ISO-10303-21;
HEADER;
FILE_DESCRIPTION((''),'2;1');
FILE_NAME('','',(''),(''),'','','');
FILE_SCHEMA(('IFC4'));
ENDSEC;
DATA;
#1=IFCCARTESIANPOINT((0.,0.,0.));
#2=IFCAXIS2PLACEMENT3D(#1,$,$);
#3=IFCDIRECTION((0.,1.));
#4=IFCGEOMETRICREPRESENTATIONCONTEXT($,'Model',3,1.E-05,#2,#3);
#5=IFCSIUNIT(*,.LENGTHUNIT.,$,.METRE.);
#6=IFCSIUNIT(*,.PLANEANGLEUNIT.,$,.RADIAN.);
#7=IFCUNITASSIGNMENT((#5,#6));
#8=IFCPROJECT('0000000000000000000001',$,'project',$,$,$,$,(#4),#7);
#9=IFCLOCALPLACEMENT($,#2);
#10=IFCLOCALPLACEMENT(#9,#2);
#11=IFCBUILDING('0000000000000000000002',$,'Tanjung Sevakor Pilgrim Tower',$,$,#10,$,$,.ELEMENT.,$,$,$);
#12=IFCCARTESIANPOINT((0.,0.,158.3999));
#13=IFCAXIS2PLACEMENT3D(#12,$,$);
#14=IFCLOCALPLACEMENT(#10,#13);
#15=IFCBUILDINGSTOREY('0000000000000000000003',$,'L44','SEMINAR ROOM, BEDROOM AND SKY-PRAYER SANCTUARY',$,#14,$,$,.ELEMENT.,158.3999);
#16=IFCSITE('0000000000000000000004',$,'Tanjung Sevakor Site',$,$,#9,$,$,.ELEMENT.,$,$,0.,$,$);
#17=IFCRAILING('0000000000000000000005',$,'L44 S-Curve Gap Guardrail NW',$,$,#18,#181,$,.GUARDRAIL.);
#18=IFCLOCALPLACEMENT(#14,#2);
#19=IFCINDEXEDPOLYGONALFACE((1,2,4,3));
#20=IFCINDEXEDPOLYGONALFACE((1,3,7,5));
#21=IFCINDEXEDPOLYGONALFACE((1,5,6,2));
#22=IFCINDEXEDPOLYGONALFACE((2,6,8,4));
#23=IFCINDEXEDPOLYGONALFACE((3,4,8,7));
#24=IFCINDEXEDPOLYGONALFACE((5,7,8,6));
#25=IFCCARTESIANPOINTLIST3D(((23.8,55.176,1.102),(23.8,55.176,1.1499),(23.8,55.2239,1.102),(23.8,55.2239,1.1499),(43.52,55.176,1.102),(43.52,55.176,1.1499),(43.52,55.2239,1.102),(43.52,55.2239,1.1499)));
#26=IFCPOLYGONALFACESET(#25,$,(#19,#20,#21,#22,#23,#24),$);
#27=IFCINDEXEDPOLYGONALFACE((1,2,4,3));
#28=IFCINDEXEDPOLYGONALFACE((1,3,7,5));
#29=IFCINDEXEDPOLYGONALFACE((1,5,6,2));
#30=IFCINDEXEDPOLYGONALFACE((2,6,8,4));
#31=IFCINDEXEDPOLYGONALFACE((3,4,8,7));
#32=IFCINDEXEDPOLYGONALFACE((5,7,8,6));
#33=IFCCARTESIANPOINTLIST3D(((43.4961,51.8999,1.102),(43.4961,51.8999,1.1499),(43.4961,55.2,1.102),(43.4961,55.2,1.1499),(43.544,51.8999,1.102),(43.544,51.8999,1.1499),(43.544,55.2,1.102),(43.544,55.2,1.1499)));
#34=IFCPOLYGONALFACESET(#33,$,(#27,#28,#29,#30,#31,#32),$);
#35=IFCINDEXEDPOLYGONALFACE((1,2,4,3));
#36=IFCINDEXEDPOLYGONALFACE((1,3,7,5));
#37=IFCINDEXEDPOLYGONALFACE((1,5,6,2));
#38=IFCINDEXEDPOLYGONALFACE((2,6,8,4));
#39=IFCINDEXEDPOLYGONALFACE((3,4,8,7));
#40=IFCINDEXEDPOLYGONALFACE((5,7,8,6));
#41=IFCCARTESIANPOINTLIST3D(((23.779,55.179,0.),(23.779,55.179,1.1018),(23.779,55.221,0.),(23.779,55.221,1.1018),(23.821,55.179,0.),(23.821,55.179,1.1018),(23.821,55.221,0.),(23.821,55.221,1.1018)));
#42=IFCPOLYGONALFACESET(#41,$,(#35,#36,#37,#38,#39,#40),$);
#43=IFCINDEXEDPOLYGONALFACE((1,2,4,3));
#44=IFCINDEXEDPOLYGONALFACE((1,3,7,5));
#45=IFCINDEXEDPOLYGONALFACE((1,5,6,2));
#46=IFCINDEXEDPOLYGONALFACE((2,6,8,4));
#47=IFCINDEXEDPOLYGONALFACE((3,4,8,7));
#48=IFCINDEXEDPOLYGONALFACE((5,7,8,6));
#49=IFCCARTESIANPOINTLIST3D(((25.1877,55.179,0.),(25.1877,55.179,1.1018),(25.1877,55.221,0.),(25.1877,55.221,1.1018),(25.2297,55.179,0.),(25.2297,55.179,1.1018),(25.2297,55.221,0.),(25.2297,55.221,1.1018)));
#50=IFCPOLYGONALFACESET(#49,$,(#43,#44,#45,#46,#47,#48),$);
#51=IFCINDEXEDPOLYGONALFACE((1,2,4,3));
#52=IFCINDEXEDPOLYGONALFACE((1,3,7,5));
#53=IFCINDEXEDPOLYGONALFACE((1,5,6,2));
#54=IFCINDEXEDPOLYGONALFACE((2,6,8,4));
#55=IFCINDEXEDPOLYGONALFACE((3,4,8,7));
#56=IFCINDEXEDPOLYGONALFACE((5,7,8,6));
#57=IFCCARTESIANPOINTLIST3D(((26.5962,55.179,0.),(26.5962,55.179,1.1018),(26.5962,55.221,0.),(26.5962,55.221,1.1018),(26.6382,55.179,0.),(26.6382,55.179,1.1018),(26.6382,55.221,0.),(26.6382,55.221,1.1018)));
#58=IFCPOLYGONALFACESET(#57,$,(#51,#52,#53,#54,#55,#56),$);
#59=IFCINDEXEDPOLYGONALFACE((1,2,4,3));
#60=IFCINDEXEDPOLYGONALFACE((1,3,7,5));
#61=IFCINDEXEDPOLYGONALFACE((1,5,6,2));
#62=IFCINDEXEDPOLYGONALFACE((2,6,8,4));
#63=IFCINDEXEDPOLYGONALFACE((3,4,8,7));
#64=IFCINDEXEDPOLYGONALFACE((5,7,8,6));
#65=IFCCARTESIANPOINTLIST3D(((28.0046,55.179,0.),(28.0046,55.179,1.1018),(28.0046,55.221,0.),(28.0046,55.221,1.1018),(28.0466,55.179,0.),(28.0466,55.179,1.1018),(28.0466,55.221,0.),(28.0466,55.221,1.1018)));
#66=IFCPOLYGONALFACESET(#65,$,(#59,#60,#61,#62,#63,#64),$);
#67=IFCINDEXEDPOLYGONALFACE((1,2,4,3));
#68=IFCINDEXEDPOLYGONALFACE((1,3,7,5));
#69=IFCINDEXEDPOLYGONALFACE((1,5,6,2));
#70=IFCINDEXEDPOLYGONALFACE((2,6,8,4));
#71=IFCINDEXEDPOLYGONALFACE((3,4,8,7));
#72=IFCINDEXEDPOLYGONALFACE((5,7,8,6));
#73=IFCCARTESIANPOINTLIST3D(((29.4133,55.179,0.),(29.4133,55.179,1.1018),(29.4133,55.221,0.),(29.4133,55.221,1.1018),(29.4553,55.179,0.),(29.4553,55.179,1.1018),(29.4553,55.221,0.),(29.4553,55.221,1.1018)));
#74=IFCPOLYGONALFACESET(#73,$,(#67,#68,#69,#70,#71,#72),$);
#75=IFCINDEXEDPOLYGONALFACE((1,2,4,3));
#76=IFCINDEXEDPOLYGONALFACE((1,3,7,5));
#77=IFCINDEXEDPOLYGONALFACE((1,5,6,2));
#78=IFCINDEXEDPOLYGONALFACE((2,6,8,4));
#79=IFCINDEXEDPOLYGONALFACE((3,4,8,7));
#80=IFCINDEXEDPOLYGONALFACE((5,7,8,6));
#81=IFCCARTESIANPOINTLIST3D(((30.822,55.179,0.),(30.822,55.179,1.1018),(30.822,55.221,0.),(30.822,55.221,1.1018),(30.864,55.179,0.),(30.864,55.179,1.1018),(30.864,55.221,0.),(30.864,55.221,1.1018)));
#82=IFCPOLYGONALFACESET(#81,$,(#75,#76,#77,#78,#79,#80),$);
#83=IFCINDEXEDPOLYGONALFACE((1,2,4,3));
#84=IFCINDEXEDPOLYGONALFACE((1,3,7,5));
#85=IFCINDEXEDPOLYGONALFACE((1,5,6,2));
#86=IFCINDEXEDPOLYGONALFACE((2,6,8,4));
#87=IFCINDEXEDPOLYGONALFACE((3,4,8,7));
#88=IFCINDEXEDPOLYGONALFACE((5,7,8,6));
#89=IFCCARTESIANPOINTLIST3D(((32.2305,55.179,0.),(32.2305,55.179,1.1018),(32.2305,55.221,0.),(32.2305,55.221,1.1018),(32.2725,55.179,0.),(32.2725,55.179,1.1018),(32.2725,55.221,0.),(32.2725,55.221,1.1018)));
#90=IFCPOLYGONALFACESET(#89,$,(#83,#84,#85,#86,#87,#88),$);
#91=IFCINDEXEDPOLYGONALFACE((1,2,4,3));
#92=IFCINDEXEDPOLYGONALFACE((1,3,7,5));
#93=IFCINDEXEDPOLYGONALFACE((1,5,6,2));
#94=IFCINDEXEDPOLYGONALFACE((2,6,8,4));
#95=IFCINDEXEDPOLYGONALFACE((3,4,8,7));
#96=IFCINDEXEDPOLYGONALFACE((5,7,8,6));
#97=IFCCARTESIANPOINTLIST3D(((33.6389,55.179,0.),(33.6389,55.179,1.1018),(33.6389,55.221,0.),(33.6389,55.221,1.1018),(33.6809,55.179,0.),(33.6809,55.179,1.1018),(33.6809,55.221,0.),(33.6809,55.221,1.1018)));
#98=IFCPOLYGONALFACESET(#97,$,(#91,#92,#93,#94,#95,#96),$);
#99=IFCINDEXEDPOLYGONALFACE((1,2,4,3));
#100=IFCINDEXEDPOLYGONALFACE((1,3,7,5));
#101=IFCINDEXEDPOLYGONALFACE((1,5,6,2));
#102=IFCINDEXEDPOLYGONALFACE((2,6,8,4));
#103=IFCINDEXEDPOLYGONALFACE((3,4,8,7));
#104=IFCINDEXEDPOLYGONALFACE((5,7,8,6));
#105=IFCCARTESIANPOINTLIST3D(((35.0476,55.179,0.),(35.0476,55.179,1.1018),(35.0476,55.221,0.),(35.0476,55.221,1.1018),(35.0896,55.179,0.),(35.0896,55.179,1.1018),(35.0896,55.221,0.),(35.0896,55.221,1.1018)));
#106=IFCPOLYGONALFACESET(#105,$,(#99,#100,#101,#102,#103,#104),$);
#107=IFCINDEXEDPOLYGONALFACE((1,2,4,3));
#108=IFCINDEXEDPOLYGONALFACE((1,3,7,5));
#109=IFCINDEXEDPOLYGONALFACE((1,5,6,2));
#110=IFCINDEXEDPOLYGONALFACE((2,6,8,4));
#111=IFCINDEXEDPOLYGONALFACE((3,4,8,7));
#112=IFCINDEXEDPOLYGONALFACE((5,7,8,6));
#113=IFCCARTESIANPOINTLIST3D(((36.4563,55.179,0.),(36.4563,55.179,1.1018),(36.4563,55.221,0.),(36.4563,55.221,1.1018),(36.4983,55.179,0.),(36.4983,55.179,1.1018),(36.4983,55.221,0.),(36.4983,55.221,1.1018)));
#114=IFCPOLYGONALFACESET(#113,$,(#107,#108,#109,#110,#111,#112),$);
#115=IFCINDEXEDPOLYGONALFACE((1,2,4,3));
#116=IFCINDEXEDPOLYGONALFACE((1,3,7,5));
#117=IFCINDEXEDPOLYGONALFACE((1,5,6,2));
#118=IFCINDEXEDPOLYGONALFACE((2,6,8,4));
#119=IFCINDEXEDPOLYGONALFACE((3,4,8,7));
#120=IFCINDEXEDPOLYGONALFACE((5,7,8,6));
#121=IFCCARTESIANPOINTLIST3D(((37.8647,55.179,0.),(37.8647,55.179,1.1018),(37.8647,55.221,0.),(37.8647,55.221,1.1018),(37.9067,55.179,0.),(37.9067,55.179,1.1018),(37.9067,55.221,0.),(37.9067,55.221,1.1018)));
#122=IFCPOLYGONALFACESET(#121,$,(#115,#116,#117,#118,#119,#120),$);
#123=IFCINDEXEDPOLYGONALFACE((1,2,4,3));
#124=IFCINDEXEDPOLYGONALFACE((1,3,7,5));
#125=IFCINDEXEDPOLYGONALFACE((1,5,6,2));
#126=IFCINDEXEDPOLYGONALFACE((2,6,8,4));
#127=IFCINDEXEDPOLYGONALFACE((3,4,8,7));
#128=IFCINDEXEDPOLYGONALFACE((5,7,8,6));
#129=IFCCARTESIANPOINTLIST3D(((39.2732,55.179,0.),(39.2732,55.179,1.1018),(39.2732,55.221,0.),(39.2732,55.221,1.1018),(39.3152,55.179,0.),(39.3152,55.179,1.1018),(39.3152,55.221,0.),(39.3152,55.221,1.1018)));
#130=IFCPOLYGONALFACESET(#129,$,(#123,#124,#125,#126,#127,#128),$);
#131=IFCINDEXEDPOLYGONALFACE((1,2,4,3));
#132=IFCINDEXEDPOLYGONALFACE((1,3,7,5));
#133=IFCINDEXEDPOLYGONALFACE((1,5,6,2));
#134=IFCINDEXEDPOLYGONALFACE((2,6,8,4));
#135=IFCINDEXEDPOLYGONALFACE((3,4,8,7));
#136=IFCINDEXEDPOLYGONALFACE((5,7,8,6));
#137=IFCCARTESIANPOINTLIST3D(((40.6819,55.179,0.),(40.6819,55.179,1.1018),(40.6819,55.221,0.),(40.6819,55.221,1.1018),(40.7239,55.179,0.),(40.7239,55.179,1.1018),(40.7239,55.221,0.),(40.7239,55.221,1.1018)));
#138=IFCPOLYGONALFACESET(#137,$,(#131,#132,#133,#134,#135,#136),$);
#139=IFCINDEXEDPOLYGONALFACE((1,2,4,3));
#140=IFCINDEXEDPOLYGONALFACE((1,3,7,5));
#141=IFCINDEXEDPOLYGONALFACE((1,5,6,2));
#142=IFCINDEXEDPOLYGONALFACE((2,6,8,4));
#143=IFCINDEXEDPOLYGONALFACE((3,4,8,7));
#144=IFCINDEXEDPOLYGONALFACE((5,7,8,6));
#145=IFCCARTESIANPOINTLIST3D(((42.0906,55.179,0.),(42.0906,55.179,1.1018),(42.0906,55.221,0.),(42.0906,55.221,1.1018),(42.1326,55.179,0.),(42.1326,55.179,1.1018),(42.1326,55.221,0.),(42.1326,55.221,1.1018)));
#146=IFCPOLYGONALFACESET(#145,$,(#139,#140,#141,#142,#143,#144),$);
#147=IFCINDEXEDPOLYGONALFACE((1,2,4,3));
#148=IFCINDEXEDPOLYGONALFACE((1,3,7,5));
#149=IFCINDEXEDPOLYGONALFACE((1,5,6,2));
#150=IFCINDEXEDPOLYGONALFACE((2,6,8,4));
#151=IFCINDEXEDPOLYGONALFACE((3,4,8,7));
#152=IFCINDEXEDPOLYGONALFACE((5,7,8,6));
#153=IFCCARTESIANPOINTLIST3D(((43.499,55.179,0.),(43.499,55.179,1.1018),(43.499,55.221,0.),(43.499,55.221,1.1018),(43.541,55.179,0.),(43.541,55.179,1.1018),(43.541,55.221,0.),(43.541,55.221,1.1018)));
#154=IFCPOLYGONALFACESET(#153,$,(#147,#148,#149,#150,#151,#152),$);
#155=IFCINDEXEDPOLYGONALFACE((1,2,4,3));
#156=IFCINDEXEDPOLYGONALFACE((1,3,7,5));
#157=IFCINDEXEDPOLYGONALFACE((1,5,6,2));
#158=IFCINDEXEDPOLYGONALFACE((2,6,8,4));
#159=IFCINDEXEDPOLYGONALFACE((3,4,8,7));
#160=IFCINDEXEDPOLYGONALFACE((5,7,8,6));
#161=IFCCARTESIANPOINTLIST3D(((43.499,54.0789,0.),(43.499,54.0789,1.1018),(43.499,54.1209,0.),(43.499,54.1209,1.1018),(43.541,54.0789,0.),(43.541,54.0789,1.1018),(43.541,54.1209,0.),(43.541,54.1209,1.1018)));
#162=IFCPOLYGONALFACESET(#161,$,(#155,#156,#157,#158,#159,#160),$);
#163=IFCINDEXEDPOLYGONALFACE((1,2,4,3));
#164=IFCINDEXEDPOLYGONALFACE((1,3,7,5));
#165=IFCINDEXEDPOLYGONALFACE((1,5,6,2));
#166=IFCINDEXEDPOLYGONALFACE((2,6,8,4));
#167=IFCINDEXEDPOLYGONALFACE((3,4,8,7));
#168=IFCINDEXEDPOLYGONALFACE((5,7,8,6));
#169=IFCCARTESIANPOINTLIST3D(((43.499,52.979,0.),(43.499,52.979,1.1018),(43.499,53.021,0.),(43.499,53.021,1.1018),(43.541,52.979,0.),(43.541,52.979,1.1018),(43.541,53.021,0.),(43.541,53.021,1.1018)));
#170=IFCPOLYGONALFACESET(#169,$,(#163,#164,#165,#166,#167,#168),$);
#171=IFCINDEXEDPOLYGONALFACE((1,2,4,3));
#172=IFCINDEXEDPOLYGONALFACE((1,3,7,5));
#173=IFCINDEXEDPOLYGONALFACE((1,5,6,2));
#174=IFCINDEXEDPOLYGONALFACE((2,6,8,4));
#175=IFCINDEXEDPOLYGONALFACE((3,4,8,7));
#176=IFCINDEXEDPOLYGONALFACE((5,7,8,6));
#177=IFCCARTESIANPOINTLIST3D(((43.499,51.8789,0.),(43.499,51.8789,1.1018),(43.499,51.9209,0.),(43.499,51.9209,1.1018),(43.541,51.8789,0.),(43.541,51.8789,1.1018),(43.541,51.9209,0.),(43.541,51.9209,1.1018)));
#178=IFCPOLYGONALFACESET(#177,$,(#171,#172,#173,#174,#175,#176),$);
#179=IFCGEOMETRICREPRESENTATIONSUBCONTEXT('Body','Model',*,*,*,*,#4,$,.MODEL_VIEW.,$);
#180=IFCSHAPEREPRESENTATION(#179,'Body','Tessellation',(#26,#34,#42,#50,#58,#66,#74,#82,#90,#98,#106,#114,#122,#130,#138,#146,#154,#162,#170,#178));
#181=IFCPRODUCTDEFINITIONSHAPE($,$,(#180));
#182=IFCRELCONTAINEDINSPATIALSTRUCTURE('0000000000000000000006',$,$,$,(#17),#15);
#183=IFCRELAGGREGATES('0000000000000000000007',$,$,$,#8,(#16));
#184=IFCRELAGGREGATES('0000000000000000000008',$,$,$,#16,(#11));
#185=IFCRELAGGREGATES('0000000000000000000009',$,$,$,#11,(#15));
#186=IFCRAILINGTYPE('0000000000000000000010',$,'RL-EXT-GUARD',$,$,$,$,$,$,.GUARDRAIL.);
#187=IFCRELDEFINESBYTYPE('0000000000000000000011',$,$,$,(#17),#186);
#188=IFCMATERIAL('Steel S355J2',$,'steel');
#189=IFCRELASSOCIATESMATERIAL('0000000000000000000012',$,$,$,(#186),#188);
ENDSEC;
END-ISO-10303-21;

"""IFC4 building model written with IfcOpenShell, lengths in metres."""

from ifc_helpers import new_model, si_unit, direction, frame, origin, place, context, subcontext, project, spatial, rectangle, extrude, material, type_object, element, save


model = new_model("IFC4")

# Units and contexts
model_context = context("Model", 3, precision=1e-05, world=origin(), true_north=direction((0.0, 1.0)))
body_context = subcontext(model_context, "Body", "Model", "MODEL_VIEW")
ifc_project = project(units=[si_unit("LENGTHUNIT", "METRE"), si_unit("PLANEANGLEUNIT", "RADIAN")], contexts=[model_context])

# Site, building, storey
site_placement = place(None, origin())
site = spatial("IfcSite", under=ifc_project, at=site_placement, Name="Tanjung Sevakor Site", CompositionType="ELEMENT", RefElevation=0.0)
building_placement = place(site_placement, origin())
building = spatial("IfcBuilding", under=site, at=building_placement, Name="Tanjung Sevakor Pilgrim Tower", CompositionType="ELEMENT")
storey_placement = place(building_placement, frame((0.0, 0.0, 158.3999)))
storey = spatial("IfcBuildingStorey", under=building, at=storey_placement, Name="L44", Description="SEMINAR ROOM, BEDROOM AND SKY-PRAYER SANCTUARY", CompositionType="ELEMENT", Elevation=158.3999)

# Railing
ifc_material_1 = material(Name="Steel S355J2", Category="steel")
railing_type_1 = type_object("IfcRailingType", Name="RL-EXT-GUARD", PredefinedType="GUARDRAIL", material=ifc_material_1)
railing_1_placement = place(storey_placement, frame((23.8, 55.2, 0.0)))
element("IfcRailing", 1, at=railing_1_placement, inside=storey, type_object=railing_type_1, Name="L44 S-Curve Gap Guardrail NW", PredefinedType="GUARDRAIL", context=body_context, shape_type="SweptSolid", body=[
    extrude(rectangle(XDim=0.0479, YDim=0.0479), frame((0.0, 0.0, 1.126), z_axis=(1.0, 0.0, 0.0), x_axis=(0.0, 1.0, 0.0)), (0.0, 0.0, 1.0), 19.72),
    extrude(rectangle(XDim=0.0479, YDim=0.0479), frame((19.72, 0.0, 1.126), z_axis=(0.0, -1.0, 0.0), x_axis=(1.0, 0.0, 0.0)), (0.0, 0.0, 1.0), 3.3),
    extrude(rectangle(XDim=0.042, YDim=0.042), origin(), (0.0, 0.0, 1.0), 1.1018),
    extrude(rectangle(XDim=0.042, YDim=0.042), frame((1.4087, 0.0, 0.0)), (0.0, 0.0, 1.0), 1.1018),
    extrude(rectangle(XDim=0.042, YDim=0.042), frame((2.8171, 0.0, 0.0)), (0.0, 0.0, 1.0), 1.1018),
    extrude(rectangle(XDim=0.042, YDim=0.042), frame((4.2256, 0.0, 0.0)), (0.0, 0.0, 1.0), 1.1018),
    extrude(rectangle(XDim=0.042, YDim=0.042), frame((5.6343, 0.0, 0.0)), (0.0, 0.0, 1.0), 1.1018),
    extrude(rectangle(XDim=0.042, YDim=0.042), frame((7.043, 0.0, 0.0)), (0.0, 0.0, 1.0), 1.1018),
    extrude(rectangle(XDim=0.042, YDim=0.042), frame((8.4514, 0.0, 0.0)), (0.0, 0.0, 1.0), 1.1018),
    extrude(rectangle(XDim=0.042, YDim=0.042), frame((9.8599, 0.0, 0.0)), (0.0, 0.0, 1.0), 1.1018),
    extrude(rectangle(XDim=0.042, YDim=0.042), frame((11.2686, 0.0, 0.0)), (0.0, 0.0, 1.0), 1.1018),
    extrude(rectangle(XDim=0.042, YDim=0.042), frame((12.6772, 0.0, 0.0)), (0.0, 0.0, 1.0), 1.1018),
    extrude(rectangle(XDim=0.042, YDim=0.042), frame((14.0857, 0.0, 0.0)), (0.0, 0.0, 1.0), 1.1018),
    extrude(rectangle(XDim=0.042, YDim=0.042), frame((15.4941, 0.0, 0.0)), (0.0, 0.0, 1.0), 1.1018),
    extrude(rectangle(XDim=0.042, YDim=0.042), frame((16.9028, 0.0, 0.0)), (0.0, 0.0, 1.0), 1.1018),
    extrude(rectangle(XDim=0.042, YDim=0.042), frame((18.3115, 0.0, 0.0)), (0.0, 0.0, 1.0), 1.1018),
    extrude(rectangle(XDim=0.042, YDim=0.042), frame((19.72, 0.0, 0.0)), (0.0, 0.0, 1.0), 1.1018),
    extrude(rectangle(XDim=0.042, YDim=0.042), frame((19.72, -1.1001, 0.0)), (0.0, 0.0, 1.0), 1.1018),
    extrude(rectangle(XDim=0.042, YDim=0.042), frame((19.72, -2.2, 0.0)), (0.0, 0.0, 1.0), 1.1018),
    extrude(rectangle(XDim=0.042, YDim=0.042), frame((19.72, -3.3, 0.0)), (0.0, 0.0, 1.0), 1.1018),
])

save(model, "model.ifc")
